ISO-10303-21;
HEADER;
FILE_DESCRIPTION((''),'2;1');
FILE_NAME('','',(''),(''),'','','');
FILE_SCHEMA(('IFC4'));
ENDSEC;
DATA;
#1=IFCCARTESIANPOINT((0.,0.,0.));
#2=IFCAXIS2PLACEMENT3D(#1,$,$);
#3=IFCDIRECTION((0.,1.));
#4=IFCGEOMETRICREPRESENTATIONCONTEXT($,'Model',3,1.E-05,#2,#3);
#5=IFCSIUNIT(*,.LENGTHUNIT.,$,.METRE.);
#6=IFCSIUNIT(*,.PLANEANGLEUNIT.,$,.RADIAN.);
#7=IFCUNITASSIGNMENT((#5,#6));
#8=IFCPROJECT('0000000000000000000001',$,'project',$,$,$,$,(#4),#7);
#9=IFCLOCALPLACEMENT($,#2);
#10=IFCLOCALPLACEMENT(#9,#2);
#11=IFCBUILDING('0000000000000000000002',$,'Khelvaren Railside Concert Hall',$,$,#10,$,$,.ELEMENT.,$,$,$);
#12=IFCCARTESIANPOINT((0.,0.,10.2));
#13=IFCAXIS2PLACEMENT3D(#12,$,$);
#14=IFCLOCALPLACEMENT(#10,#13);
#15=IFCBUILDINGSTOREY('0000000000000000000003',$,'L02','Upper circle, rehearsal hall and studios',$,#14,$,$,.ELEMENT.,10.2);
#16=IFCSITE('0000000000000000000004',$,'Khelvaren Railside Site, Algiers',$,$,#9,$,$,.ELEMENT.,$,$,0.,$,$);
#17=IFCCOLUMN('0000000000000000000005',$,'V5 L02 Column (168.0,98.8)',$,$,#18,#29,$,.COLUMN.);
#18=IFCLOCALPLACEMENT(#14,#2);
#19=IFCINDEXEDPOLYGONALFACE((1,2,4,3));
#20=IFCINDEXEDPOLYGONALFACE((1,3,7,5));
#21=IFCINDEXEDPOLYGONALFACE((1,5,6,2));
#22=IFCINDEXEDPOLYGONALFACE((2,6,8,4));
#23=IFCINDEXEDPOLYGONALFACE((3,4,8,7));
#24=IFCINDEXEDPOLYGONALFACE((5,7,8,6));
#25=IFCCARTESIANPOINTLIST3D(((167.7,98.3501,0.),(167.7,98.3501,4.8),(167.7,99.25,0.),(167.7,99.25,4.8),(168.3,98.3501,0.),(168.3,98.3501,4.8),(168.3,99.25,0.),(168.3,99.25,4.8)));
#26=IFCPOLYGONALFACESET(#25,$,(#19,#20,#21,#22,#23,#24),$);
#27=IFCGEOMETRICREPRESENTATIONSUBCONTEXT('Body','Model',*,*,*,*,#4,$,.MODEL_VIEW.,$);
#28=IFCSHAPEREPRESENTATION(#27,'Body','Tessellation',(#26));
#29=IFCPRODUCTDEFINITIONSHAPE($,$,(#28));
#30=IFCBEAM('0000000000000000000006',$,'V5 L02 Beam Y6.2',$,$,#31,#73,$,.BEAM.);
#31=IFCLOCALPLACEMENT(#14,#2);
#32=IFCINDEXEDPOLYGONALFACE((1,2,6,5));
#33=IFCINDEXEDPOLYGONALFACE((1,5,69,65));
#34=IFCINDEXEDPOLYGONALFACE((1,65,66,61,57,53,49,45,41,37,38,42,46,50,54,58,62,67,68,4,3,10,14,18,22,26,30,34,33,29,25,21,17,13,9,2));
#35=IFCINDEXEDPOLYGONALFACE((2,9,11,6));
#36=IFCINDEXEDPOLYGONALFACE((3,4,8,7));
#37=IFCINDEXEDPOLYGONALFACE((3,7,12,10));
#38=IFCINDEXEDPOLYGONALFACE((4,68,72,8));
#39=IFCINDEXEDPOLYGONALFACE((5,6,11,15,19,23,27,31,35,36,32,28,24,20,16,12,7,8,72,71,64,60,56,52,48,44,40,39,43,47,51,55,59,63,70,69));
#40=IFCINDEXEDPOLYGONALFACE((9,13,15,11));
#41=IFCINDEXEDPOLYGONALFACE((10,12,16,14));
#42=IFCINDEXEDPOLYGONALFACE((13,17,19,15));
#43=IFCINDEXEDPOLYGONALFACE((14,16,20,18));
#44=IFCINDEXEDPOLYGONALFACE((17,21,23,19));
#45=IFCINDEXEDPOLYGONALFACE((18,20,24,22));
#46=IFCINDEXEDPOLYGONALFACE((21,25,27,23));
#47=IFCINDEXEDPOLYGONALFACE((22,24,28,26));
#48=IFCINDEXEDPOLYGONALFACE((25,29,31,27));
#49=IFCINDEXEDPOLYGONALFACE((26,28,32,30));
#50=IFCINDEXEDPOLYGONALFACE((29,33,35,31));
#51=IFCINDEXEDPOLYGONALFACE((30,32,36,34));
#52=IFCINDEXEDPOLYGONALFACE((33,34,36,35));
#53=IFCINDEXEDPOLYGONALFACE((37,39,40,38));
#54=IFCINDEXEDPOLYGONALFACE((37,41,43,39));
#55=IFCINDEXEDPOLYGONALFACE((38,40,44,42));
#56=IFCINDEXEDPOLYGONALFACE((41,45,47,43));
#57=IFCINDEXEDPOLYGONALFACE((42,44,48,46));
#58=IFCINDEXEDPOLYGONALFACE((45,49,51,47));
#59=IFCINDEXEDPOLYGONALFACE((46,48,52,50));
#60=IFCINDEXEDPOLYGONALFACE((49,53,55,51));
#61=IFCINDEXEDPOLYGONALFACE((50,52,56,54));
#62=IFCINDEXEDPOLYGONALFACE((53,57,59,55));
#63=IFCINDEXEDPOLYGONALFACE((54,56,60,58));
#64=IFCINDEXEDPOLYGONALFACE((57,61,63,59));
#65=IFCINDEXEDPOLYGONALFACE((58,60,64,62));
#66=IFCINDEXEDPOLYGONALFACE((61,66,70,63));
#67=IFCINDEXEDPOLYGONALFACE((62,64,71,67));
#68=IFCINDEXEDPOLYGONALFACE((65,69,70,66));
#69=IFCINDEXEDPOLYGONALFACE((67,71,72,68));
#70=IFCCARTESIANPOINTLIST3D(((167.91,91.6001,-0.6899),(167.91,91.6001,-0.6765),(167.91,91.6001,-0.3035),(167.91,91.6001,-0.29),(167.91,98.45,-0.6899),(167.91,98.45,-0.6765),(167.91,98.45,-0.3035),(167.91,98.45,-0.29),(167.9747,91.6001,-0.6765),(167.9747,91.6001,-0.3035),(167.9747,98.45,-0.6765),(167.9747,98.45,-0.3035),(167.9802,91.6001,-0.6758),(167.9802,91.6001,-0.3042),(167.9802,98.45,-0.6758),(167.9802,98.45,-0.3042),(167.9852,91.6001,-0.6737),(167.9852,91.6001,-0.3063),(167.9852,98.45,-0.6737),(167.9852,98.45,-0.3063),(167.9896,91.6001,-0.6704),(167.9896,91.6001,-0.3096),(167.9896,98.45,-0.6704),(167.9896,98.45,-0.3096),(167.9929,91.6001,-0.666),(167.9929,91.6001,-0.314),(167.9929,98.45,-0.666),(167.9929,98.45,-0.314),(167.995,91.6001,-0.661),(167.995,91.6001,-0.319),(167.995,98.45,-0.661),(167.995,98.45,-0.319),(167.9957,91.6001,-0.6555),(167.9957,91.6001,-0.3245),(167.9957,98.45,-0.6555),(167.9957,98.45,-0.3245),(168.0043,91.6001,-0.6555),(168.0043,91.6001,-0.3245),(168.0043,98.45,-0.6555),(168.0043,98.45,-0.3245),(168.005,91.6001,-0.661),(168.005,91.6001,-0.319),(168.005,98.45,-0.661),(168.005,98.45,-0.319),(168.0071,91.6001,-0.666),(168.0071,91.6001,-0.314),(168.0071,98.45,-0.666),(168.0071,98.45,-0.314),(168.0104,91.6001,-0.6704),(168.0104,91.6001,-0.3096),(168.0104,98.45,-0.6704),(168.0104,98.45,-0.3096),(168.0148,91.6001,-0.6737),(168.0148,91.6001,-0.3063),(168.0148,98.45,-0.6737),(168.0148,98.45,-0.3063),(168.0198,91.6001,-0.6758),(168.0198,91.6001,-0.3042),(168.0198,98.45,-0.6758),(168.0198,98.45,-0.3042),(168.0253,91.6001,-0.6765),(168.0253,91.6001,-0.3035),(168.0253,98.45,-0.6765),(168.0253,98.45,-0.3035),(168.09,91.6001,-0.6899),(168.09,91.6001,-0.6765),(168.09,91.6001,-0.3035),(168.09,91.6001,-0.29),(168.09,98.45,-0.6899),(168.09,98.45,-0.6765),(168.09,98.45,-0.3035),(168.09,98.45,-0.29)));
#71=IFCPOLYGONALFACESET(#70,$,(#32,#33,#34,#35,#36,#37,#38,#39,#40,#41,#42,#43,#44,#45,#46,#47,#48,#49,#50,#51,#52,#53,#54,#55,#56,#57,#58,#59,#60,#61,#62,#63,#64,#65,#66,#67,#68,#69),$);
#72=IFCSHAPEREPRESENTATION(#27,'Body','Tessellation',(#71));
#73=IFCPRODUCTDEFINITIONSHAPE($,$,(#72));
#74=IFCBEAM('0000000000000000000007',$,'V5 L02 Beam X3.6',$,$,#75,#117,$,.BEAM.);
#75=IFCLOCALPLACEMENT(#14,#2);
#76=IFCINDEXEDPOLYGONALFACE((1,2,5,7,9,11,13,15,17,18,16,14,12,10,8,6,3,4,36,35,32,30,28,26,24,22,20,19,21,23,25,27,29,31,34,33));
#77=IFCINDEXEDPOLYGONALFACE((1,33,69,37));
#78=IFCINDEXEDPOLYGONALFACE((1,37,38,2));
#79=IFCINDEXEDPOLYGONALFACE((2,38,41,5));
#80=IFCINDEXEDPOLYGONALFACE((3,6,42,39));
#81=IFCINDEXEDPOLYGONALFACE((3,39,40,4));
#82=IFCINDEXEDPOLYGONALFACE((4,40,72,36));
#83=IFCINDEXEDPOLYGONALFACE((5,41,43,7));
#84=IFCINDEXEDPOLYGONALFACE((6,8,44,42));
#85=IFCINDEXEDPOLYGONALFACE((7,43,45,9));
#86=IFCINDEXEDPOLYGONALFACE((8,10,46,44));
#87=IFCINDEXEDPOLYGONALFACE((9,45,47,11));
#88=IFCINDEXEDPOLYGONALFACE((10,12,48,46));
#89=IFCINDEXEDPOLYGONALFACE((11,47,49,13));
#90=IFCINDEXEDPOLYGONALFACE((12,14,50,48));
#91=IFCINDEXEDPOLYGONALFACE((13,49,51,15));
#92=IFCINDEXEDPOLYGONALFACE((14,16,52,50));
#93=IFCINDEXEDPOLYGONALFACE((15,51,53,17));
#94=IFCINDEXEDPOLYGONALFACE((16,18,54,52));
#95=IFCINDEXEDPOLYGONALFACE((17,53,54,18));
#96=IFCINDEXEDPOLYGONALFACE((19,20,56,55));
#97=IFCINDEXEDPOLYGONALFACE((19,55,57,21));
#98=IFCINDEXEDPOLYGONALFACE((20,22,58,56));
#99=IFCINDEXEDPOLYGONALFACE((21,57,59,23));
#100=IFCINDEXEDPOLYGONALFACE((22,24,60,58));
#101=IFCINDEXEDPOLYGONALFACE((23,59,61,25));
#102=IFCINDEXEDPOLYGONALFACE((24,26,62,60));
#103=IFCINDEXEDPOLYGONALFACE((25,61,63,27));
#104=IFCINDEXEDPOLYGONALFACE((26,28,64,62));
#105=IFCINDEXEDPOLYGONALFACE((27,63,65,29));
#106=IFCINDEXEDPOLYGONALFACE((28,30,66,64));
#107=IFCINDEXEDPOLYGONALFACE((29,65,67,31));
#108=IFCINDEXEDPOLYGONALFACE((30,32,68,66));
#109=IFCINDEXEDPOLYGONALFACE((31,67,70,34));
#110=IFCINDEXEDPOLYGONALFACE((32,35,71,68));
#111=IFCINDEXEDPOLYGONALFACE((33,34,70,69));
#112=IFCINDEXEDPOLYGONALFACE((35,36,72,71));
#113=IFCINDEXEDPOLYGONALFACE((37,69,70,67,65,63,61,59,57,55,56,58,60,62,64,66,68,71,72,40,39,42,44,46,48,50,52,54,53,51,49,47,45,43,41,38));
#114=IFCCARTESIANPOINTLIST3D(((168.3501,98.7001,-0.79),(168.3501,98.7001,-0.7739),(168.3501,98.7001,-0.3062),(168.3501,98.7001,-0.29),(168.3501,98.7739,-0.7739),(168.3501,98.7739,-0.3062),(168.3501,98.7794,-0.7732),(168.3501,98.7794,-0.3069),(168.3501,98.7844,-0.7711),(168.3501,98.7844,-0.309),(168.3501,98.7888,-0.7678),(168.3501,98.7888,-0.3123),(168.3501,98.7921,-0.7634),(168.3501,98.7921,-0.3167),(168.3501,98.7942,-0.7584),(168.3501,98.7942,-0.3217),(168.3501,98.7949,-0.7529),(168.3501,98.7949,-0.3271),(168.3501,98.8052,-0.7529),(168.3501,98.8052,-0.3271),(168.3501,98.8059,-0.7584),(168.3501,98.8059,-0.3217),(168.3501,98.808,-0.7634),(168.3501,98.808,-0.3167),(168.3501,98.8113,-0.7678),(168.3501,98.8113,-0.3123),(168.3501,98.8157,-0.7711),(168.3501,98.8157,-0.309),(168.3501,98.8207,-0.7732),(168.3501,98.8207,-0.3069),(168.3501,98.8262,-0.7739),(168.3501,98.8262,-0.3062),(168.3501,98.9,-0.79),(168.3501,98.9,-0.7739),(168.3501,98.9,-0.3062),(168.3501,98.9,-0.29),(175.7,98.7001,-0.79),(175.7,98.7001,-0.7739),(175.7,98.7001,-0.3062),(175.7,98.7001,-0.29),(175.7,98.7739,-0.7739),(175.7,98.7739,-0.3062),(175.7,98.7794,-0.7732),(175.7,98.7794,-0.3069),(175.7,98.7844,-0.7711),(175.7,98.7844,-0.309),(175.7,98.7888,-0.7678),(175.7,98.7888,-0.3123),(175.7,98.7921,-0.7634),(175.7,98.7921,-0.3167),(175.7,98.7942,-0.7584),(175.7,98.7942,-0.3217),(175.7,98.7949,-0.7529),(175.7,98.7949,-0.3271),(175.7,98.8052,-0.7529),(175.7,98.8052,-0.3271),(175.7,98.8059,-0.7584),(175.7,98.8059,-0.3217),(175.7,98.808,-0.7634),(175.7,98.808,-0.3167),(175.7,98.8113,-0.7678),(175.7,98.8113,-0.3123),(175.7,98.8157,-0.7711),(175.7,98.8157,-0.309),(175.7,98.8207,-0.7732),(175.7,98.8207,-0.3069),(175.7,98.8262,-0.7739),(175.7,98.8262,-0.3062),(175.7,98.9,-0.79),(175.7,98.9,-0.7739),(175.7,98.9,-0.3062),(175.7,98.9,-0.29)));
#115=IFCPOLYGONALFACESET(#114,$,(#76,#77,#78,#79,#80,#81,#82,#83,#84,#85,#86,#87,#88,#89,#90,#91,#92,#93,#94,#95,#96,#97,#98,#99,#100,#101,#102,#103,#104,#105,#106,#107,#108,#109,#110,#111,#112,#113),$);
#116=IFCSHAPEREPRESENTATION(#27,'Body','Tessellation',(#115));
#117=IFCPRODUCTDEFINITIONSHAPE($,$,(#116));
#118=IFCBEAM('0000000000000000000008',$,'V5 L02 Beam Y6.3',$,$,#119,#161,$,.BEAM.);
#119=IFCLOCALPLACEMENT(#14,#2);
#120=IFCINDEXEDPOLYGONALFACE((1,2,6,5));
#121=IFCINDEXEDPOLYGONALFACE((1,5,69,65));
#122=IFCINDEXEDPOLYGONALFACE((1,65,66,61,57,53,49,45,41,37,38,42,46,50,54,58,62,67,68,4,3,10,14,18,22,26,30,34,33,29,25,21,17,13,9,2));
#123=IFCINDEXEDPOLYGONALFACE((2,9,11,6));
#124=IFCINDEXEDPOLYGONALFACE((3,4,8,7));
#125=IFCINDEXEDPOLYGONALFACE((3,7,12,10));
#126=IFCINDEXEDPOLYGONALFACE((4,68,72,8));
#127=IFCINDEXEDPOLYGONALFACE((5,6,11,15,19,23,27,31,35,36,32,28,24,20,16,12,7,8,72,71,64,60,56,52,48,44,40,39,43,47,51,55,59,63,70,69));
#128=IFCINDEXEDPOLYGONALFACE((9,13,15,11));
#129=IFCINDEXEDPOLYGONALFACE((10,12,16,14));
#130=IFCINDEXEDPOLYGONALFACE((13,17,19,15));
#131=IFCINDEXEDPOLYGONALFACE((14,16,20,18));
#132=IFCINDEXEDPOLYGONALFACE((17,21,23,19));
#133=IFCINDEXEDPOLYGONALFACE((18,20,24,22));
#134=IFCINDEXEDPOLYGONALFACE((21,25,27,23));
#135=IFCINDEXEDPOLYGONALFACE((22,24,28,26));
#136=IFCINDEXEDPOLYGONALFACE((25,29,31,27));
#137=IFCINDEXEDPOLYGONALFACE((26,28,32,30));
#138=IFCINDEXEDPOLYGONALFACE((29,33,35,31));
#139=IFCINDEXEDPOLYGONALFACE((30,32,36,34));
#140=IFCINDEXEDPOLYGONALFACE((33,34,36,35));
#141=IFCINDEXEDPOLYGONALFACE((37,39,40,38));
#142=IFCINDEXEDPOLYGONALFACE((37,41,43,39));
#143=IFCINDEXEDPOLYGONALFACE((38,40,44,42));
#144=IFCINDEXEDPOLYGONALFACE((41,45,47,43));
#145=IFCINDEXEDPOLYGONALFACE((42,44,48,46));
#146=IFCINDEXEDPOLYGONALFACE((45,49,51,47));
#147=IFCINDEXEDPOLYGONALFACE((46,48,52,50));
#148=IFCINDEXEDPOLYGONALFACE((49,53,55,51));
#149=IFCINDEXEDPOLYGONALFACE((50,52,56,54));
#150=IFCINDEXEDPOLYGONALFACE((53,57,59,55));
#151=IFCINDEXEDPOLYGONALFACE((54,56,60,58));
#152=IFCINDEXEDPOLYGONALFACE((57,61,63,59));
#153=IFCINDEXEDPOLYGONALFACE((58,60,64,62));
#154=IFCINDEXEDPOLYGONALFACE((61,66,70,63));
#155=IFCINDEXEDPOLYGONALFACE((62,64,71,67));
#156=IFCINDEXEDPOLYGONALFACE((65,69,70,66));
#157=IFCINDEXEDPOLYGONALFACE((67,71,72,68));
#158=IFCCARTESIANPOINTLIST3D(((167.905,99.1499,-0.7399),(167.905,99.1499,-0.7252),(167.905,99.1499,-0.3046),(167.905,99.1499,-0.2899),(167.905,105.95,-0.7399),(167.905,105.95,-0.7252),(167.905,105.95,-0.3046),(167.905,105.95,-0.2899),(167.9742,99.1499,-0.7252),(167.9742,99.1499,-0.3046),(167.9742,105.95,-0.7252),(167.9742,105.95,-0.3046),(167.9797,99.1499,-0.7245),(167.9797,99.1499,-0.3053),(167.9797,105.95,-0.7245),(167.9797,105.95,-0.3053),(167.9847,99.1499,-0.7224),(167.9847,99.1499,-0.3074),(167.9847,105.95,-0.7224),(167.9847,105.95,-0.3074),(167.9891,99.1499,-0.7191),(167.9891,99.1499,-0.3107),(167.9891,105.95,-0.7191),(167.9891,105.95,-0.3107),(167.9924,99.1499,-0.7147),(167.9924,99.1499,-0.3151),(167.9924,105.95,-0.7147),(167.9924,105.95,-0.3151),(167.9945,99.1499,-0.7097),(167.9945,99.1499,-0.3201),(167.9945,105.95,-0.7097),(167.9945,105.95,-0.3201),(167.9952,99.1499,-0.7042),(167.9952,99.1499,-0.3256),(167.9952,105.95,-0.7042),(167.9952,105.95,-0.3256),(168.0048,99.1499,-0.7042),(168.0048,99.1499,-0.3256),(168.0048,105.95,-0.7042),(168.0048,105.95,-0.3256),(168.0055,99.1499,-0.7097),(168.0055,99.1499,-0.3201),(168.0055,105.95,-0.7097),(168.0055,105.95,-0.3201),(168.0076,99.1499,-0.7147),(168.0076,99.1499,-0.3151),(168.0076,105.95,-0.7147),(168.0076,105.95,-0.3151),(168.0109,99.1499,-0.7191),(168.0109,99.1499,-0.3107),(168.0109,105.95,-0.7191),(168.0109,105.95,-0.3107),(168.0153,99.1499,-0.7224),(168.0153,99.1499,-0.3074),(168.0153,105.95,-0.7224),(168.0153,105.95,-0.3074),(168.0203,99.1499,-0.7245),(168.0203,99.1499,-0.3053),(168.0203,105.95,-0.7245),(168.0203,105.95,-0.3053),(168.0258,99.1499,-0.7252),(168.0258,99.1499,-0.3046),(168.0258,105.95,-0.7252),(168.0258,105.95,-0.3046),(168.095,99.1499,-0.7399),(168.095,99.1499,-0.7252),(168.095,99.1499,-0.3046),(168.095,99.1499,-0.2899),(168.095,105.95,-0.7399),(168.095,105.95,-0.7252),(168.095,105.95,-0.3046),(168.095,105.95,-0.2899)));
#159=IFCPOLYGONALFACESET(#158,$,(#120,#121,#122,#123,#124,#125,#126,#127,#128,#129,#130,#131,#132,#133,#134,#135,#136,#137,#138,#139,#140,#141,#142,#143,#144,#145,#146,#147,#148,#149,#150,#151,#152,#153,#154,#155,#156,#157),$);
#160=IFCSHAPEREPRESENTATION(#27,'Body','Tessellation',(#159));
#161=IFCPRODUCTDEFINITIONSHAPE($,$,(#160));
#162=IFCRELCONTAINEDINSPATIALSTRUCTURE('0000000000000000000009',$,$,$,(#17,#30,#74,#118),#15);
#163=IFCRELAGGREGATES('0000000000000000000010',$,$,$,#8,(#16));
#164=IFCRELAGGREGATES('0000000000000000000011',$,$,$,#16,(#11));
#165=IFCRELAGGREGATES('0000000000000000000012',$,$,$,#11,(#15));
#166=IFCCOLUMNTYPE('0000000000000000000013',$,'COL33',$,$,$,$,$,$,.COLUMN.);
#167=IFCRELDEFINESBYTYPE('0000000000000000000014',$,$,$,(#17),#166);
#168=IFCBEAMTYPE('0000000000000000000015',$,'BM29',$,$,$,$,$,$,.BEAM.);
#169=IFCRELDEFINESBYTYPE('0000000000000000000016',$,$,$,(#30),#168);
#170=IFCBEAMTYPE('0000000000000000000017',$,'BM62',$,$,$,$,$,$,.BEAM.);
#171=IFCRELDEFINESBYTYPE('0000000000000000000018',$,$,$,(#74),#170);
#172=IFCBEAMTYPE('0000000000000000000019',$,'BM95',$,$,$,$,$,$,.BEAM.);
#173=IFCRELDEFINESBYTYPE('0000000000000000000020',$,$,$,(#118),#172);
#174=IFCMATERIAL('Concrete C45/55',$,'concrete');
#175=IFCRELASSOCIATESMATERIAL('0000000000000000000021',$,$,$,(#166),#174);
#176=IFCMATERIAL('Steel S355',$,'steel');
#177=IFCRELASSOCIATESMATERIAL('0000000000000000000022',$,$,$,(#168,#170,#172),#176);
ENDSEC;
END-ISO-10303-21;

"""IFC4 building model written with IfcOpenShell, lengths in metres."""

from ifc_helpers import new_model, si_unit, direction, frame, origin, origin_2d, place, context, subcontext, project, spatial, rectangle, i_section, extrude, material, material_profile, profile_set, type_object, element, save


model = new_model("IFC4")

# Units and contexts
model_context = context("Model", 3, precision=1e-05, world=origin(), true_north=direction((0.0, 1.0)))
body_context = subcontext(model_context, "Body", "Model", "MODEL_VIEW")
ifc_project = project(units=[si_unit("LENGTHUNIT", "METRE"), si_unit("PLANEANGLEUNIT", "RADIAN")], contexts=[model_context])

# Site, building, storey
site_placement = place(None, origin())
site = spatial("IfcSite", under=ifc_project, at=site_placement, Name="Khelvaren Railside Site, Algiers", CompositionType="ELEMENT", RefElevation=0.0)
building_placement = place(site_placement, origin())
building = spatial("IfcBuilding", under=site, at=building_placement, Name="Khelvaren Railside Concert Hall", CompositionType="ELEMENT")
storey_placement = place(building_placement, frame((0.0, 0.0, 10.2)))
storey = spatial("IfcBuildingStorey", under=building, at=storey_placement, Name="L02", Description="Upper circle, rehearsal hall and studios", CompositionType="ELEMENT", Elevation=10.2)

# Column
ifc_material_1 = material(Name="Concrete C45/55", Category="concrete")
ifc_material_profile_1 = material_profile(ifc_material_1, rectangle(XDim=0.6001, YDim=0.8999, at=origin_2d()), Name="RC 600x900")
ifc_profile_set_1 = profile_set([ifc_material_profile_1], Name="Concrete C45/55")
column_type = type_object("IfcColumnType", Name="COL33", PredefinedType="COLUMN", material=ifc_profile_set_1)
column_placement = place(storey_placement, frame((168.0, 98.8, 0.0), z_axis=(0.0, 0.0, 1.0), x_axis=(1.0, 0.0, 0.0)))
element("IfcColumn", 1, at=column_placement, inside=storey, type_object=column_type, Name="V5 L02 Column (168.0,98.8)", PredefinedType="COLUMN", context=body_context, shape_type="SweptSolid", body=[
    extrude(rectangle(XDim=0.6001, YDim=0.8999, at=origin_2d()), origin(), (0.0, 0.0, 1.0), 4.8),
])

# Beams
ifc_material_2 = material(Name="Steel S355", Category="steel")
ifc_material_profile_2 = material_profile(ifc_material_2, i_section(OverallWidth=0.1799, OverallDepth=0.3999, WebThickness=0.0085, FlangeThickness=0.0134, FilletRadius=0.021, at=origin_2d()), Name="IPE 400")
ifc_profile_set_2 = profile_set([ifc_material_profile_2], Name="Steel S355")
beam_type_1 = type_object("IfcBeamType", Name="BM29", PredefinedType="BEAM", material=ifc_profile_set_2)
beam_1_placement = place(storey_placement, frame((168.0, 91.6001, -0.49), z_axis=(0.0, 1.0, 0.0), x_axis=(-1.0, 0.0, 0.0)))
element("IfcBeam", 2, at=beam_1_placement, inside=storey, type_object=beam_type_1, Name="V5 L02 Beam Y6.2", PredefinedType="BEAM", context=body_context, shape_type="SweptSolid", body=[
    extrude(i_section(OverallWidth=0.1799, OverallDepth=0.3999, WebThickness=0.0085, FlangeThickness=0.0134, FilletRadius=0.021, at=origin_2d()), origin(), (0.0, 0.0, 1.0), 6.8499),
])
ifc_material_profile_3 = material_profile(ifc_material_2, i_section(OverallWidth=0.2, OverallDepth=0.5, WebThickness=0.0103, FlangeThickness=0.0161, FilletRadius=0.021, at=origin_2d()), Name="IPE 500")
ifc_profile_set_3 = profile_set([ifc_material_profile_3], Name="Steel S355")
beam_type_2 = type_object("IfcBeamType", Name="BM62", PredefinedType="BEAM", material=ifc_profile_set_3)
beam_2_placement = place(storey_placement, frame((168.3501, 98.8, -0.54), z_axis=(1.0, 0.0, 0.0), x_axis=(0.0, 1.0, 0.0)))
element("IfcBeam", 3, at=beam_2_placement, inside=storey, type_object=beam_type_2, Name="V5 L02 Beam X3.6", PredefinedType="BEAM", context=body_context, shape_type="SweptSolid", body=[
    extrude(i_section(OverallWidth=0.2, OverallDepth=0.5, WebThickness=0.0103, FlangeThickness=0.0161, FilletRadius=0.021, at=origin_2d()), origin(), (0.0, 0.0, 1.0), 7.3499),
])
ifc_material_profile_4 = material_profile(ifc_material_2, i_section(OverallWidth=0.1899, OverallDepth=0.45, WebThickness=0.0095, FlangeThickness=0.0146, FilletRadius=0.021, at=origin_2d()), Name="IPE 450")
ifc_profile_set_4 = profile_set([ifc_material_profile_4], Name="Steel S355")
beam_type_3 = type_object("IfcBeamType", Name="BM95", PredefinedType="BEAM", material=ifc_profile_set_4)
beam_3_placement = place(storey_placement, frame((168.0, 99.1499, -0.5149), z_axis=(0.0, 1.0, 0.0), x_axis=(-1.0, 0.0, 0.0)))
element("IfcBeam", 4, at=beam_3_placement, inside=storey, type_object=beam_type_3, Name="V5 L02 Beam Y6.3", PredefinedType="BEAM", context=body_context, shape_type="SweptSolid", body=[
    extrude(i_section(OverallWidth=0.1899, OverallDepth=0.45, WebThickness=0.0095, FlangeThickness=0.0146, FilletRadius=0.021, at=origin_2d()), origin(), (0.0, 0.0, 1.0), 6.8),
])

save(model, "model.ifc")
